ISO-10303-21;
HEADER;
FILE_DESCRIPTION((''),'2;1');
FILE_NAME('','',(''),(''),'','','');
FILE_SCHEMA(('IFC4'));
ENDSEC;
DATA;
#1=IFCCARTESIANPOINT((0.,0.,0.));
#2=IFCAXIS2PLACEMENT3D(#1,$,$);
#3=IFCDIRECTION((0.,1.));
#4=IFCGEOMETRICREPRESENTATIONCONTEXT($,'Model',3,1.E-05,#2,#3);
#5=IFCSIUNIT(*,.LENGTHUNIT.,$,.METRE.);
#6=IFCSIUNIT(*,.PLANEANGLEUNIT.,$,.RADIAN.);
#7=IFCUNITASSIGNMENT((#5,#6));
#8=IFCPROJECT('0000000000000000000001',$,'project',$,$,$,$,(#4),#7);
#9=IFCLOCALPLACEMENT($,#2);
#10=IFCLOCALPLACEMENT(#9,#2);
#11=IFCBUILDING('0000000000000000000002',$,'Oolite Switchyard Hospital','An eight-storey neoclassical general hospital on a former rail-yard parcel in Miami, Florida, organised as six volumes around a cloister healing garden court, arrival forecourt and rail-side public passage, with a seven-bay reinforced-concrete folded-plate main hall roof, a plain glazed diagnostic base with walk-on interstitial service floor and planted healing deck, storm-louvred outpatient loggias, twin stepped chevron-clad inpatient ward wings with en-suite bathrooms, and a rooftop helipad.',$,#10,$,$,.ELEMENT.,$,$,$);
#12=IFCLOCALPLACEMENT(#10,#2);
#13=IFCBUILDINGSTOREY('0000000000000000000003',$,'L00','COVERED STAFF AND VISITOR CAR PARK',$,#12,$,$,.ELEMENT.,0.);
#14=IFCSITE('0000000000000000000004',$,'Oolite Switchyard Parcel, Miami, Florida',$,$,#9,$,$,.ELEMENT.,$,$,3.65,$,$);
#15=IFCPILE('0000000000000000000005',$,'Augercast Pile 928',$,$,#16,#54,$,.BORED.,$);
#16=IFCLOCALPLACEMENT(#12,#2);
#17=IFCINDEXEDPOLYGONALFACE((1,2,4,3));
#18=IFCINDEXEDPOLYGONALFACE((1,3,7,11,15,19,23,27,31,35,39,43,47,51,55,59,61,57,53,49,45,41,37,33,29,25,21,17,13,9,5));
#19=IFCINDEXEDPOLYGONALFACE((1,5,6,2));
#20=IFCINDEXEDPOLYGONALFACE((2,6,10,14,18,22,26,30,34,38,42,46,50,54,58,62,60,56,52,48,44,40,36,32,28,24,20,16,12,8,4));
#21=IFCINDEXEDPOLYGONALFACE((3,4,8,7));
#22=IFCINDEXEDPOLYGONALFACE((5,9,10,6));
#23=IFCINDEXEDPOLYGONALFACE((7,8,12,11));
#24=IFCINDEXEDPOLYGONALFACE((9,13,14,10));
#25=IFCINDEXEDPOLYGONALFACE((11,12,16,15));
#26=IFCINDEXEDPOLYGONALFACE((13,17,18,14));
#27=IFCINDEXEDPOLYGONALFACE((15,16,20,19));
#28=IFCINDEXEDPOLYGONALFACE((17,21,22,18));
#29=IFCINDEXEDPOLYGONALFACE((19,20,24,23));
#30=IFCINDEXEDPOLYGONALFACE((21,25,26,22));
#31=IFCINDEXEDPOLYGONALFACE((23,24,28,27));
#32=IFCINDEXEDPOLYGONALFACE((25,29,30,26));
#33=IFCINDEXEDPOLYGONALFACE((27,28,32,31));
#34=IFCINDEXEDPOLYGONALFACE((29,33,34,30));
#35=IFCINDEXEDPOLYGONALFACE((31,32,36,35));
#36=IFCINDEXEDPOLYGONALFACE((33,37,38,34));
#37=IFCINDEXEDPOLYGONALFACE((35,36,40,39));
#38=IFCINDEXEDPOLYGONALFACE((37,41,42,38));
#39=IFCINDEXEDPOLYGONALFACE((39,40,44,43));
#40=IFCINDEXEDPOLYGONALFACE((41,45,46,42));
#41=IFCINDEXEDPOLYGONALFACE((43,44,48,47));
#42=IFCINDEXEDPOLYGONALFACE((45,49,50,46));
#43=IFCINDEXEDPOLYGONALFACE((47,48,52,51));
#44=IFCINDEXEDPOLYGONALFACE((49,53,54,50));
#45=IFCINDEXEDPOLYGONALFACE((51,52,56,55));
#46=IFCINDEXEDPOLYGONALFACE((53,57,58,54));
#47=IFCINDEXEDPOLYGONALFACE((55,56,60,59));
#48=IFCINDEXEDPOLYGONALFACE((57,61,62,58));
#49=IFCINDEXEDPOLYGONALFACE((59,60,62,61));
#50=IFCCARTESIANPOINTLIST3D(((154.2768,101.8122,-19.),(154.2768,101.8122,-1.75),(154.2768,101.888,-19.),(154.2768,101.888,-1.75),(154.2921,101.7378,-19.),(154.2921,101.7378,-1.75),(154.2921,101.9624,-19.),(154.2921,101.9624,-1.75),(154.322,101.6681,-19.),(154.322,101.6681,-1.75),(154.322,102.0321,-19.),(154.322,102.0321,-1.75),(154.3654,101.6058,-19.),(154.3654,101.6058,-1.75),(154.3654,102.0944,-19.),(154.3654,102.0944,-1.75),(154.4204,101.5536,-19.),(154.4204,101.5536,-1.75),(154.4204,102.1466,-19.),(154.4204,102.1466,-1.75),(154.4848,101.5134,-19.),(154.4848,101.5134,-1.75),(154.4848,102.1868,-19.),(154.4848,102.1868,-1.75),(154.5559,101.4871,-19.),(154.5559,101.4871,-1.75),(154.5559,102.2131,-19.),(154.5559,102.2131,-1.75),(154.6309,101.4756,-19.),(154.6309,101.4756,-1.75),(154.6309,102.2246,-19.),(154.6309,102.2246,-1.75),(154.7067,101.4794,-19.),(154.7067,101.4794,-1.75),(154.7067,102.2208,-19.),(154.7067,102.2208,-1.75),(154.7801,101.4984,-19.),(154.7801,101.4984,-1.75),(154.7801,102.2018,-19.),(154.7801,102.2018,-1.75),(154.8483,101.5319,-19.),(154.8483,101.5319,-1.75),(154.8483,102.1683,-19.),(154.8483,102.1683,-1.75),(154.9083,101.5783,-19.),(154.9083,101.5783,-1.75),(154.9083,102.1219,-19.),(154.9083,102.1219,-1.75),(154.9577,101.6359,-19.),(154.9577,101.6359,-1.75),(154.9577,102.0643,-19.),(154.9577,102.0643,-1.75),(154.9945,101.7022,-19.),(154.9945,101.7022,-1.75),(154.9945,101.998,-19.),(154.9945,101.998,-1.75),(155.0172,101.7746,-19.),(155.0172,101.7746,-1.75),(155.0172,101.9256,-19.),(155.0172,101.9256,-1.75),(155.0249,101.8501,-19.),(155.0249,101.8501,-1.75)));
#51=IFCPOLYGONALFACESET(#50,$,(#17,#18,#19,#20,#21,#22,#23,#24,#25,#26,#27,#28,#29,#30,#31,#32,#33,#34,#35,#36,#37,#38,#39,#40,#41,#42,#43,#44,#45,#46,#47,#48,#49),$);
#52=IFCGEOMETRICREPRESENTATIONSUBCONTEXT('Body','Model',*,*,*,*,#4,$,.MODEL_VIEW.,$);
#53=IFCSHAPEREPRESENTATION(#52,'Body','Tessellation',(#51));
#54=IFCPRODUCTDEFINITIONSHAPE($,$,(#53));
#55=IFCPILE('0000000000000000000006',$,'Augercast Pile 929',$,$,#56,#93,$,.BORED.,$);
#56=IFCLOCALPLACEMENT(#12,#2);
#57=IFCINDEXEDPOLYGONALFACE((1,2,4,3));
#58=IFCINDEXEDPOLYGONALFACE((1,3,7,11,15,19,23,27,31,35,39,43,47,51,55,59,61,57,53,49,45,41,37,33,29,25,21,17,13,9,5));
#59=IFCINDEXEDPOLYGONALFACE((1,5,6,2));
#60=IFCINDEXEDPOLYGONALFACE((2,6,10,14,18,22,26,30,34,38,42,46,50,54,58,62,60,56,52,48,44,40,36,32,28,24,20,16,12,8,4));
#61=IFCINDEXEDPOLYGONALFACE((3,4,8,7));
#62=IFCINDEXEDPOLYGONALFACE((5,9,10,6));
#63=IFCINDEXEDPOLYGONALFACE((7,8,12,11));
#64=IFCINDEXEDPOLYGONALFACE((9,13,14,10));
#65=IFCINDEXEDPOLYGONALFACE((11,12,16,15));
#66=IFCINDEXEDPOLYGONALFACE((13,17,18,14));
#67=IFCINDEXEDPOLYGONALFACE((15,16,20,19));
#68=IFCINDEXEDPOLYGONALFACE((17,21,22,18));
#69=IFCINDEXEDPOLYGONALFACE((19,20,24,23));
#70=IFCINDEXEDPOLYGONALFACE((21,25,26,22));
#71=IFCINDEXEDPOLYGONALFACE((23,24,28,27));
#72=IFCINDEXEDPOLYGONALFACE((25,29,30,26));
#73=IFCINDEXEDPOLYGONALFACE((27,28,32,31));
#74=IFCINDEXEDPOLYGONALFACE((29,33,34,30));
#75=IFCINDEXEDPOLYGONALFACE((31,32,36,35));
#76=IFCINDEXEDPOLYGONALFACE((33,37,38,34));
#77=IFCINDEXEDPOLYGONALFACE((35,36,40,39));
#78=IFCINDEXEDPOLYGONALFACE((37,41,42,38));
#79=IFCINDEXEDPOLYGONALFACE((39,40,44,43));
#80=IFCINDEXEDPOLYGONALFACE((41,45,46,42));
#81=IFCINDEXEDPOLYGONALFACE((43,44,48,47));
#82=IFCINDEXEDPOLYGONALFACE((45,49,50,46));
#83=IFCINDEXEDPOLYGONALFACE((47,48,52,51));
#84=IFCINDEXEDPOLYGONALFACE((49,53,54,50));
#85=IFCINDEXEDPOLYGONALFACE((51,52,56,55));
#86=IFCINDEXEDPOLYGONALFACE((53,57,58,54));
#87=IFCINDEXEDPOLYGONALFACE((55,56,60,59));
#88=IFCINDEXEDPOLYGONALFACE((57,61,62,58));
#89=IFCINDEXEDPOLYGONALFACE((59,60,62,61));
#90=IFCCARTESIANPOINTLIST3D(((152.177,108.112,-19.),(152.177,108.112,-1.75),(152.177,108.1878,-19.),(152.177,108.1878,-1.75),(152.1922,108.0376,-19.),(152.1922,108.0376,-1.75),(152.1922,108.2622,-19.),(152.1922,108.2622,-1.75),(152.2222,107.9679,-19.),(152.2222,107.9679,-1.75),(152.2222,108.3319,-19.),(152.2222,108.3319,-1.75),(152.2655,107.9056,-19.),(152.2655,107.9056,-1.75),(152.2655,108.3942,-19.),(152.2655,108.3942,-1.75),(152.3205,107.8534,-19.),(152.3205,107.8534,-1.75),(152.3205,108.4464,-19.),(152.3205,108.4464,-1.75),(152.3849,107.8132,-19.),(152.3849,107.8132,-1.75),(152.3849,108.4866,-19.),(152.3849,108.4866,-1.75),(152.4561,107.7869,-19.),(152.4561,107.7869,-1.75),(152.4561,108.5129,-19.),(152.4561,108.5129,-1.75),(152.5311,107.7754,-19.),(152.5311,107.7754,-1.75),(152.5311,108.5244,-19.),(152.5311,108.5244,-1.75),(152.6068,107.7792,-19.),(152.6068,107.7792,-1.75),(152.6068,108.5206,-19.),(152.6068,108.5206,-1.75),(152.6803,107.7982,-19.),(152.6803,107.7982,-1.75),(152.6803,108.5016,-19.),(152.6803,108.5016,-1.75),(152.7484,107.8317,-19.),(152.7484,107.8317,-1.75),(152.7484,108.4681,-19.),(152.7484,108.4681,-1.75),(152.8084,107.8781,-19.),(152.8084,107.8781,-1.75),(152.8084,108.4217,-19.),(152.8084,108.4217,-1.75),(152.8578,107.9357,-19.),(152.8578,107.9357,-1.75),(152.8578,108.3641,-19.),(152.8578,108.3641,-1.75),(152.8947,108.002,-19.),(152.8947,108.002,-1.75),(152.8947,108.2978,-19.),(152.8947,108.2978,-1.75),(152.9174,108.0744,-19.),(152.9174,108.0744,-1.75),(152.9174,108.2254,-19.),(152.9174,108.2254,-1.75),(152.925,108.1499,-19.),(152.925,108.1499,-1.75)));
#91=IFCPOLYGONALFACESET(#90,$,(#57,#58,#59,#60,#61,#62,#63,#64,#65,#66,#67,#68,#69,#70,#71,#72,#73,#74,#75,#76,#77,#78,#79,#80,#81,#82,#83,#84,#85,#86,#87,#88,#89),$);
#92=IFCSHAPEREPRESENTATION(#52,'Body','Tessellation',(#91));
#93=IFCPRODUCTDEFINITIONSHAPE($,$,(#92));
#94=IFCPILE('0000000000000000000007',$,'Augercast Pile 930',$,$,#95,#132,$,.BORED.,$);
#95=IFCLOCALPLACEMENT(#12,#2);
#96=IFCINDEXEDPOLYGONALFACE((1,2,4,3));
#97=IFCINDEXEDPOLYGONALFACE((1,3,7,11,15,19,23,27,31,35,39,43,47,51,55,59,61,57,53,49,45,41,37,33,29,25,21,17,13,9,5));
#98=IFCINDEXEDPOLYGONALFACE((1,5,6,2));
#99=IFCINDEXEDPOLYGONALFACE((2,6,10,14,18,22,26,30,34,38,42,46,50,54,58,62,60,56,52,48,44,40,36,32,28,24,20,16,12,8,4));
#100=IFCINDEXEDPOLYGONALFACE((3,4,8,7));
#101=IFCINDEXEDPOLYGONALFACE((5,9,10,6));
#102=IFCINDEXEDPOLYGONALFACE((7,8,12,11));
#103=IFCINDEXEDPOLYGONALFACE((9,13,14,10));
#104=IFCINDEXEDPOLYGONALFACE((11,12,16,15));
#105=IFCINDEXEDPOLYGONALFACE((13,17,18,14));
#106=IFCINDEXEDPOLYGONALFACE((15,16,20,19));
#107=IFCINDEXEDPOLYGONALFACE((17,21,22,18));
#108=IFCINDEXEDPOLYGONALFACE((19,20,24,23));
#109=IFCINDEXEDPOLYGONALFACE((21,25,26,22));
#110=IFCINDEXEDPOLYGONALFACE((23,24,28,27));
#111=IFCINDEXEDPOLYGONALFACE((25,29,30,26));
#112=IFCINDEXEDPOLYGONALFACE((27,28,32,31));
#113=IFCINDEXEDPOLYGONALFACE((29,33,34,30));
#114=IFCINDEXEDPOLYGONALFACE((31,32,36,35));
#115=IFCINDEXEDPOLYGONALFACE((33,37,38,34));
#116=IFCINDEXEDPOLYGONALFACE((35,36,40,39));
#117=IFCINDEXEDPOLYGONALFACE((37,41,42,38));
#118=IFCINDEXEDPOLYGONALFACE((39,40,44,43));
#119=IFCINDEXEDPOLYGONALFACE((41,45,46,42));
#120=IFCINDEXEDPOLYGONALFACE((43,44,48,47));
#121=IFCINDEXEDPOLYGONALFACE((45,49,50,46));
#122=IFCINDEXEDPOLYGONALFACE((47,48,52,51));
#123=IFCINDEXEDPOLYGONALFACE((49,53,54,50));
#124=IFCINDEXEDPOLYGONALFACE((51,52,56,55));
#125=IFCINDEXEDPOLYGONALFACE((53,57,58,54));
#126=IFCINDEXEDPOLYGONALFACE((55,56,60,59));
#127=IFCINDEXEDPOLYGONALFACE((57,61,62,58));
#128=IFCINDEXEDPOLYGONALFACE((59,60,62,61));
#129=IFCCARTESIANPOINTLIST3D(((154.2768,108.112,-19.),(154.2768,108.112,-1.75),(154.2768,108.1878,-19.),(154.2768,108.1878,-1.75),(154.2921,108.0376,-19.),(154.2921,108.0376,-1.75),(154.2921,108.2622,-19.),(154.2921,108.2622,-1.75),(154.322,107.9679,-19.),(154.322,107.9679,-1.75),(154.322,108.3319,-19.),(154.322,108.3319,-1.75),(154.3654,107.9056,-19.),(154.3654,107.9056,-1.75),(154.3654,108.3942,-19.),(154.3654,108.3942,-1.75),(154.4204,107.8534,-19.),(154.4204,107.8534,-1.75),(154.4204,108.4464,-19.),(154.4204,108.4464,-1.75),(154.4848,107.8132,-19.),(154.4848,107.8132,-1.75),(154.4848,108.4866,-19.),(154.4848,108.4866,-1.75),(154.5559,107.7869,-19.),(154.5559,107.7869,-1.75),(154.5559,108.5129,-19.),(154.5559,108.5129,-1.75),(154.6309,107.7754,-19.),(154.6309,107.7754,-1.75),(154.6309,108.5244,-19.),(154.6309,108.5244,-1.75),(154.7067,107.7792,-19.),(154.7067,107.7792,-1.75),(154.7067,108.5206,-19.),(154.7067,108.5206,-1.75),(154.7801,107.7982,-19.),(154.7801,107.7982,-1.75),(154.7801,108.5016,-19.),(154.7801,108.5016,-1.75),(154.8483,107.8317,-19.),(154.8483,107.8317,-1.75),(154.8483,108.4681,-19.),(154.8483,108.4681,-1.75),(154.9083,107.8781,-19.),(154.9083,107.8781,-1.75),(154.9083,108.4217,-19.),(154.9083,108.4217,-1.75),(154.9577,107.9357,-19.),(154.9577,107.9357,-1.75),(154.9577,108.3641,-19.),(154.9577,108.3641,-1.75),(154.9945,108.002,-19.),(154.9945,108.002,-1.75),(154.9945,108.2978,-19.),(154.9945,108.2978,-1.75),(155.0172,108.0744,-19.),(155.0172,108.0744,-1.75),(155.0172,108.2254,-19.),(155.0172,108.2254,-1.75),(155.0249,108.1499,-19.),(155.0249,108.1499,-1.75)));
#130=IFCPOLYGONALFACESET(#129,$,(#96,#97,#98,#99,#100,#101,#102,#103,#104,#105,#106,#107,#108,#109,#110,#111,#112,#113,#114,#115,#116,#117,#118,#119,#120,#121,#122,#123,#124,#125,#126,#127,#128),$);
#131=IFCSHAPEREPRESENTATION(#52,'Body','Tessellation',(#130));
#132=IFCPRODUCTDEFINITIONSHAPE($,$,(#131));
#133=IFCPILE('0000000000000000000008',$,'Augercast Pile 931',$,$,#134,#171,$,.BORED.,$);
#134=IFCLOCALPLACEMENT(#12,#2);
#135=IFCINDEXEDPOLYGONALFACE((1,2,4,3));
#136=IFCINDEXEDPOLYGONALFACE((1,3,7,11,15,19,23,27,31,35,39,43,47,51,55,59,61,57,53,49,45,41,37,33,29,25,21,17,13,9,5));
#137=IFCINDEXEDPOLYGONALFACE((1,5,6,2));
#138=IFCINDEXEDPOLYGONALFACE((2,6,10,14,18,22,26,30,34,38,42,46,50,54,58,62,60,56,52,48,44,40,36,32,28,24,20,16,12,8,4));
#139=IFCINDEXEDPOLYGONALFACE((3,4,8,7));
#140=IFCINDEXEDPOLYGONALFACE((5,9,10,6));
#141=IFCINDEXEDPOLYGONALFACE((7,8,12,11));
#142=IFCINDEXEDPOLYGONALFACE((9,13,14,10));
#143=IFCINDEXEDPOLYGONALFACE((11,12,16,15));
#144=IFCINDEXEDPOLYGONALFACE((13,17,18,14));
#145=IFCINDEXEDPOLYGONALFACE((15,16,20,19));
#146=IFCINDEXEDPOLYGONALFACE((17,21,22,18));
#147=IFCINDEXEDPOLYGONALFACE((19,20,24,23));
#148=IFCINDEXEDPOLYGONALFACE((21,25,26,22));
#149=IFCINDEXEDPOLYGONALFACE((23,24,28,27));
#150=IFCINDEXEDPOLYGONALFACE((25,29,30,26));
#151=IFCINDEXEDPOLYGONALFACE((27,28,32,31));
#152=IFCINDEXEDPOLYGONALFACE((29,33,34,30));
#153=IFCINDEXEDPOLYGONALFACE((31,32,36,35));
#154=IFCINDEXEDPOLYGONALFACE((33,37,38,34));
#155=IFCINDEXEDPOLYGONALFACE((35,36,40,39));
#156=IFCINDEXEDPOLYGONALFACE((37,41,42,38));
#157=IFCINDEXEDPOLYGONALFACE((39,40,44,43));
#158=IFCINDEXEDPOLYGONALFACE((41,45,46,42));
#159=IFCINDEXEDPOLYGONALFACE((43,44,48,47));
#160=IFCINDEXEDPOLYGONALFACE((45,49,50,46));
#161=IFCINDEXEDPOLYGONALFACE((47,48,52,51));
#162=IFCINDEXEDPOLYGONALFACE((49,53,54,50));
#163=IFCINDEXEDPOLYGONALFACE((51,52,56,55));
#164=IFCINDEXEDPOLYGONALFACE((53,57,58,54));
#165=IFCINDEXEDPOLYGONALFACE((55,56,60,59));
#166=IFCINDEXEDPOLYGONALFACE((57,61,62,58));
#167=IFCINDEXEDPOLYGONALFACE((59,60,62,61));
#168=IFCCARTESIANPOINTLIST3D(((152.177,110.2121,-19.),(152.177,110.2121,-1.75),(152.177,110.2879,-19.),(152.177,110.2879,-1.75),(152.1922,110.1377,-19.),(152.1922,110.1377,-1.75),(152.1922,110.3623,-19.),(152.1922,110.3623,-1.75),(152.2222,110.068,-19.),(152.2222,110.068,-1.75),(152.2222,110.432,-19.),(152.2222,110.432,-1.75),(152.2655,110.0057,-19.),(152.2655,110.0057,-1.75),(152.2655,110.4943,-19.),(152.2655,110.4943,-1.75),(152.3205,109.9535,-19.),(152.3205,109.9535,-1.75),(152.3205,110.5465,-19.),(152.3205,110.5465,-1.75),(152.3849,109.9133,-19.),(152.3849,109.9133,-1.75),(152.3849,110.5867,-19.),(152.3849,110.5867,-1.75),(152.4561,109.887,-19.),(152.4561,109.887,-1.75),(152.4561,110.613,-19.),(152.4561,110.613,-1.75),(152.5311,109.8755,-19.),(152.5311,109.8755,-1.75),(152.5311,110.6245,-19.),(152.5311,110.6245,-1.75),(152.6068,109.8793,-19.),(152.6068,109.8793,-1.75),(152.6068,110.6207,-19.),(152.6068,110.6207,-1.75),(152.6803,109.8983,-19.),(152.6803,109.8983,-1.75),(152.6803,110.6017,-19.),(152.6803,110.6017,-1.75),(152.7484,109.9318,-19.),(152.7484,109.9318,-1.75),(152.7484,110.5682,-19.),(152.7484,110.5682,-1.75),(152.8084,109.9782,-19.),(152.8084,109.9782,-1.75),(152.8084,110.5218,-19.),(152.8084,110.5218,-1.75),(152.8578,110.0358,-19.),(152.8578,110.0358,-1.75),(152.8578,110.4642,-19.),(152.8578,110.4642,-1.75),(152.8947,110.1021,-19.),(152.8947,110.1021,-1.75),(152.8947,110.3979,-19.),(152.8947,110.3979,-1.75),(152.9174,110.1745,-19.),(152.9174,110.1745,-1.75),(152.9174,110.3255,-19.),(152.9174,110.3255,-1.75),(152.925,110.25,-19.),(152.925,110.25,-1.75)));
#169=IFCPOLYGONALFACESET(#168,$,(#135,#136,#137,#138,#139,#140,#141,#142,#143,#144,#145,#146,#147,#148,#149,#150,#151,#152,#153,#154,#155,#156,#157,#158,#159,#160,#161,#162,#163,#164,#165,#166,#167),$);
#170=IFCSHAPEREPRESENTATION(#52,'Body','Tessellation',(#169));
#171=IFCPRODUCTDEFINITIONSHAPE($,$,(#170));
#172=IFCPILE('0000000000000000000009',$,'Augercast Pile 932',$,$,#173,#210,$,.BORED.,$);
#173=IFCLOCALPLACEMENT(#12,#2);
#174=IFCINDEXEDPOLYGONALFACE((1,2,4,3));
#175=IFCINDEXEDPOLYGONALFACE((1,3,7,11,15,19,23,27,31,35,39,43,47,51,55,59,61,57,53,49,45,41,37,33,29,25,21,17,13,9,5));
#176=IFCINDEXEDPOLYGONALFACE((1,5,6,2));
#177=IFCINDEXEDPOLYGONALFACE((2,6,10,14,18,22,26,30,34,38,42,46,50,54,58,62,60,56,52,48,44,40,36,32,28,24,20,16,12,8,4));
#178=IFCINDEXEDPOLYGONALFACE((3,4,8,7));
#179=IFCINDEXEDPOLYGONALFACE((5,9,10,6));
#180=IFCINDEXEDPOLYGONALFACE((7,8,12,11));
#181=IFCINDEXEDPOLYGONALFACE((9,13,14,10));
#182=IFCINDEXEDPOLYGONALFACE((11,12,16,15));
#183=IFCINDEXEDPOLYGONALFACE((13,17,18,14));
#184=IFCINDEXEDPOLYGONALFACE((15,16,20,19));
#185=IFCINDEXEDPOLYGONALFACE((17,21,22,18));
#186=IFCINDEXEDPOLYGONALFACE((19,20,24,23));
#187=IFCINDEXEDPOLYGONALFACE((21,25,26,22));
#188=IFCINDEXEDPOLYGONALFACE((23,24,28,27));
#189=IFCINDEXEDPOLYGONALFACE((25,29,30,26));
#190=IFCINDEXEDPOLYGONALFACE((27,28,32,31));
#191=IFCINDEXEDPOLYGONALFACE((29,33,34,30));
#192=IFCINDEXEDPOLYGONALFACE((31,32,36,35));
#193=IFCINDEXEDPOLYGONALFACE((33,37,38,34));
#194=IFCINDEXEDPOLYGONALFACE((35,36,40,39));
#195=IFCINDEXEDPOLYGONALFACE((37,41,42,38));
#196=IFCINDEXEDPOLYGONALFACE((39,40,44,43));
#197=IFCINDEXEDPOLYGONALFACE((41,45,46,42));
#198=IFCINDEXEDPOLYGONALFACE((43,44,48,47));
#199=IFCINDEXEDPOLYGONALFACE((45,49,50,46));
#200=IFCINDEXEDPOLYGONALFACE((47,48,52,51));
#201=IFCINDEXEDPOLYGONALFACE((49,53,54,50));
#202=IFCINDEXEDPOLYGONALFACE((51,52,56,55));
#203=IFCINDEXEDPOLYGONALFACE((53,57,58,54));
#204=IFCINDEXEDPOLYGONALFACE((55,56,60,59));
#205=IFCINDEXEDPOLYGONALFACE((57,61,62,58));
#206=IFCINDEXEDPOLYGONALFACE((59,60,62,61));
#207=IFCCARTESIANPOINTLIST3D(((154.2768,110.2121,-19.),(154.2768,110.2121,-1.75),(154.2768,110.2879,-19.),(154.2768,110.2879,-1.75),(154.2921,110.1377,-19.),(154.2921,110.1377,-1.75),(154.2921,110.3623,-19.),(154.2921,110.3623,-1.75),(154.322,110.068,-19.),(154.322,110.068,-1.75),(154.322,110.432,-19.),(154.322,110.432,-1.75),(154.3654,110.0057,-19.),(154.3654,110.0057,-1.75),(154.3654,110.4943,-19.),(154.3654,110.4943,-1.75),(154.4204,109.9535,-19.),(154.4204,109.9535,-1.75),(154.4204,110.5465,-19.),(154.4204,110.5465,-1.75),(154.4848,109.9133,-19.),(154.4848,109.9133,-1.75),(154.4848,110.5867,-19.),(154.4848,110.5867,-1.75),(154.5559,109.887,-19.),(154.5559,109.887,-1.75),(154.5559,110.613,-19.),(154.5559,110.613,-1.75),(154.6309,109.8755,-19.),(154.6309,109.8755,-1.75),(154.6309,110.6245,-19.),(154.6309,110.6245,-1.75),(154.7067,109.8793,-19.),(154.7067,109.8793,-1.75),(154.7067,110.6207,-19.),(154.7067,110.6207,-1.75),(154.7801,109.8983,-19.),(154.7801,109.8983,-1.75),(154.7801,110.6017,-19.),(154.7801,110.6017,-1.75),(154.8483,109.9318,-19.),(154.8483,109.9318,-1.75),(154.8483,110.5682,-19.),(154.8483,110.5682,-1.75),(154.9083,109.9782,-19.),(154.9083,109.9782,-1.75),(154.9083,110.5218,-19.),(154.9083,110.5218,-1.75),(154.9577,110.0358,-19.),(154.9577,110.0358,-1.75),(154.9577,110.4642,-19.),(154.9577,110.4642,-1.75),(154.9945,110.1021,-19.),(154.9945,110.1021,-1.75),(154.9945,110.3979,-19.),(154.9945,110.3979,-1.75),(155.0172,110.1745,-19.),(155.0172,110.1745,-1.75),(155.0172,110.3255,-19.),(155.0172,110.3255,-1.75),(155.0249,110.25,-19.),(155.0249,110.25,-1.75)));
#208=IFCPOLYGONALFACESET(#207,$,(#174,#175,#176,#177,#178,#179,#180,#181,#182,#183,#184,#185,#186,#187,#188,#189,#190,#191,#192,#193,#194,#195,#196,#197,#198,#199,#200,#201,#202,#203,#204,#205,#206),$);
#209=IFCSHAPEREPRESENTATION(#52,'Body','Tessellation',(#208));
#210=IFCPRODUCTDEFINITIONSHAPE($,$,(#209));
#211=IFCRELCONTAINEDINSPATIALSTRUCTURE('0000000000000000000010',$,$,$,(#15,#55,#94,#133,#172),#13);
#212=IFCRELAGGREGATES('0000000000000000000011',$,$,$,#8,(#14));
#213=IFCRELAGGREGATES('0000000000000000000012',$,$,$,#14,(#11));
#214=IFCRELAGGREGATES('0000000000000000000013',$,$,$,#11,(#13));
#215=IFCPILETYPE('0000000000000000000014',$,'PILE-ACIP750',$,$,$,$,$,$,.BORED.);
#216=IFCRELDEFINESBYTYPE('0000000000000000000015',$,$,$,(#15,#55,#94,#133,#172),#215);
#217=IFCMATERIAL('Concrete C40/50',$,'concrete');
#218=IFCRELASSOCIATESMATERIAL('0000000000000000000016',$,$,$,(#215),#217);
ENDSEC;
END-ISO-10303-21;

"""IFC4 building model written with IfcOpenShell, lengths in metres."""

from ifc_helpers import new_model, si_unit, direction, frame, origin, origin_2d, place, context, subcontext, project, spatial, circle, extrude, material, material_profile, profile_set, type_object, element, save


model = new_model("IFC4")

# Units and contexts
model_context = context("Model", 3, precision=1e-05, world=origin(), true_north=direction((0.0, 1.0)))
body_context = subcontext(model_context, "Body", "Model", "MODEL_VIEW")
ifc_project = project(units=[si_unit("LENGTHUNIT", "METRE"), si_unit("PLANEANGLEUNIT", "RADIAN")], contexts=[model_context])

# Site, building, storey
site_placement = place(None, origin())
site = spatial("IfcSite", under=ifc_project, at=site_placement, Name="Oolite Switchyard Parcel, Miami, Florida", CompositionType="ELEMENT", RefElevation=3.65)
building_placement = place(site_placement, origin())
building = spatial("IfcBuilding", under=site, at=building_placement, Name="Oolite Switchyard Hospital", Description="An eight-storey neoclassical general hospital on a former rail-yard parcel in Miami, Florida, organised as six volumes around a cloister healing garden court, arrival forecourt and rail-side public passage, with a seven-bay reinforced-concrete folded-plate main hall roof, a plain glazed diagnostic base with walk-on interstitial service floor and planted healing deck, storm-louvred outpatient loggias, twin stepped chevron-clad inpatient ward wings with en-suite bathrooms, and a rooftop helipad.", CompositionType="ELEMENT")
storey_placement = place(building_placement, origin())
storey = spatial("IfcBuildingStorey", under=building, at=storey_placement, Name="L00", Description="COVERED STAFF AND VISITOR CAR PARK", CompositionType="ELEMENT", Elevation=0.0)

# Shared definitions
ifc_material_1 = material(Name="Concrete C40/50", Category="concrete")

# Piles
ifc_material_profile_1 = material_profile(ifc_material_1, circle(Radius=0.375, at=origin_2d()), Name="PILE750")
ifc_profile_set_1 = profile_set([ifc_material_profile_1], Name="Concrete C40/50")
pile_type = type_object("IfcPileType", Name="PILE-ACIP750", PredefinedType="BORED", material=ifc_profile_set_1)
for number, where, z_axis, x_axis, name in (
    (1, (154.6499, 101.8501, -1.75), (0.0, 0.0, -1.0), (1.0, 0.0, 0.0), "Augercast Pile 928"),
    (2, (152.55, 108.1499, -1.75), (0.0, 0.0, -1.0), (1.0, 0.0, 0.0), "Augercast Pile 929"),
    (3, (154.6499, 108.1499, -1.75), (0.0, 0.0, -1.0), (1.0, 0.0, 0.0), "Augercast Pile 930"),
    (4, (152.55, 110.25, -1.75), (0.0, 0.0, -1.0), (1.0, 0.0, 0.0), "Augercast Pile 931"),
    (5, (154.6499, 110.25, -1.75), (0.0, 0.0, -1.0), (1.0, 0.0, 0.0), "Augercast Pile 932"),
):
    element("IfcPile", number, at=place(storey_placement, frame(where, z_axis=z_axis, x_axis=x_axis)), inside=storey, type_object=pile_type, Name=name, PredefinedType="BORED", context=body_context, shape_type="SweptSolid", body=[
        extrude(circle(Radius=0.375, at=origin_2d()), origin(), (0.0, 0.0, 1.0), 17.25),
    ])

save(model, "model.ifc")
